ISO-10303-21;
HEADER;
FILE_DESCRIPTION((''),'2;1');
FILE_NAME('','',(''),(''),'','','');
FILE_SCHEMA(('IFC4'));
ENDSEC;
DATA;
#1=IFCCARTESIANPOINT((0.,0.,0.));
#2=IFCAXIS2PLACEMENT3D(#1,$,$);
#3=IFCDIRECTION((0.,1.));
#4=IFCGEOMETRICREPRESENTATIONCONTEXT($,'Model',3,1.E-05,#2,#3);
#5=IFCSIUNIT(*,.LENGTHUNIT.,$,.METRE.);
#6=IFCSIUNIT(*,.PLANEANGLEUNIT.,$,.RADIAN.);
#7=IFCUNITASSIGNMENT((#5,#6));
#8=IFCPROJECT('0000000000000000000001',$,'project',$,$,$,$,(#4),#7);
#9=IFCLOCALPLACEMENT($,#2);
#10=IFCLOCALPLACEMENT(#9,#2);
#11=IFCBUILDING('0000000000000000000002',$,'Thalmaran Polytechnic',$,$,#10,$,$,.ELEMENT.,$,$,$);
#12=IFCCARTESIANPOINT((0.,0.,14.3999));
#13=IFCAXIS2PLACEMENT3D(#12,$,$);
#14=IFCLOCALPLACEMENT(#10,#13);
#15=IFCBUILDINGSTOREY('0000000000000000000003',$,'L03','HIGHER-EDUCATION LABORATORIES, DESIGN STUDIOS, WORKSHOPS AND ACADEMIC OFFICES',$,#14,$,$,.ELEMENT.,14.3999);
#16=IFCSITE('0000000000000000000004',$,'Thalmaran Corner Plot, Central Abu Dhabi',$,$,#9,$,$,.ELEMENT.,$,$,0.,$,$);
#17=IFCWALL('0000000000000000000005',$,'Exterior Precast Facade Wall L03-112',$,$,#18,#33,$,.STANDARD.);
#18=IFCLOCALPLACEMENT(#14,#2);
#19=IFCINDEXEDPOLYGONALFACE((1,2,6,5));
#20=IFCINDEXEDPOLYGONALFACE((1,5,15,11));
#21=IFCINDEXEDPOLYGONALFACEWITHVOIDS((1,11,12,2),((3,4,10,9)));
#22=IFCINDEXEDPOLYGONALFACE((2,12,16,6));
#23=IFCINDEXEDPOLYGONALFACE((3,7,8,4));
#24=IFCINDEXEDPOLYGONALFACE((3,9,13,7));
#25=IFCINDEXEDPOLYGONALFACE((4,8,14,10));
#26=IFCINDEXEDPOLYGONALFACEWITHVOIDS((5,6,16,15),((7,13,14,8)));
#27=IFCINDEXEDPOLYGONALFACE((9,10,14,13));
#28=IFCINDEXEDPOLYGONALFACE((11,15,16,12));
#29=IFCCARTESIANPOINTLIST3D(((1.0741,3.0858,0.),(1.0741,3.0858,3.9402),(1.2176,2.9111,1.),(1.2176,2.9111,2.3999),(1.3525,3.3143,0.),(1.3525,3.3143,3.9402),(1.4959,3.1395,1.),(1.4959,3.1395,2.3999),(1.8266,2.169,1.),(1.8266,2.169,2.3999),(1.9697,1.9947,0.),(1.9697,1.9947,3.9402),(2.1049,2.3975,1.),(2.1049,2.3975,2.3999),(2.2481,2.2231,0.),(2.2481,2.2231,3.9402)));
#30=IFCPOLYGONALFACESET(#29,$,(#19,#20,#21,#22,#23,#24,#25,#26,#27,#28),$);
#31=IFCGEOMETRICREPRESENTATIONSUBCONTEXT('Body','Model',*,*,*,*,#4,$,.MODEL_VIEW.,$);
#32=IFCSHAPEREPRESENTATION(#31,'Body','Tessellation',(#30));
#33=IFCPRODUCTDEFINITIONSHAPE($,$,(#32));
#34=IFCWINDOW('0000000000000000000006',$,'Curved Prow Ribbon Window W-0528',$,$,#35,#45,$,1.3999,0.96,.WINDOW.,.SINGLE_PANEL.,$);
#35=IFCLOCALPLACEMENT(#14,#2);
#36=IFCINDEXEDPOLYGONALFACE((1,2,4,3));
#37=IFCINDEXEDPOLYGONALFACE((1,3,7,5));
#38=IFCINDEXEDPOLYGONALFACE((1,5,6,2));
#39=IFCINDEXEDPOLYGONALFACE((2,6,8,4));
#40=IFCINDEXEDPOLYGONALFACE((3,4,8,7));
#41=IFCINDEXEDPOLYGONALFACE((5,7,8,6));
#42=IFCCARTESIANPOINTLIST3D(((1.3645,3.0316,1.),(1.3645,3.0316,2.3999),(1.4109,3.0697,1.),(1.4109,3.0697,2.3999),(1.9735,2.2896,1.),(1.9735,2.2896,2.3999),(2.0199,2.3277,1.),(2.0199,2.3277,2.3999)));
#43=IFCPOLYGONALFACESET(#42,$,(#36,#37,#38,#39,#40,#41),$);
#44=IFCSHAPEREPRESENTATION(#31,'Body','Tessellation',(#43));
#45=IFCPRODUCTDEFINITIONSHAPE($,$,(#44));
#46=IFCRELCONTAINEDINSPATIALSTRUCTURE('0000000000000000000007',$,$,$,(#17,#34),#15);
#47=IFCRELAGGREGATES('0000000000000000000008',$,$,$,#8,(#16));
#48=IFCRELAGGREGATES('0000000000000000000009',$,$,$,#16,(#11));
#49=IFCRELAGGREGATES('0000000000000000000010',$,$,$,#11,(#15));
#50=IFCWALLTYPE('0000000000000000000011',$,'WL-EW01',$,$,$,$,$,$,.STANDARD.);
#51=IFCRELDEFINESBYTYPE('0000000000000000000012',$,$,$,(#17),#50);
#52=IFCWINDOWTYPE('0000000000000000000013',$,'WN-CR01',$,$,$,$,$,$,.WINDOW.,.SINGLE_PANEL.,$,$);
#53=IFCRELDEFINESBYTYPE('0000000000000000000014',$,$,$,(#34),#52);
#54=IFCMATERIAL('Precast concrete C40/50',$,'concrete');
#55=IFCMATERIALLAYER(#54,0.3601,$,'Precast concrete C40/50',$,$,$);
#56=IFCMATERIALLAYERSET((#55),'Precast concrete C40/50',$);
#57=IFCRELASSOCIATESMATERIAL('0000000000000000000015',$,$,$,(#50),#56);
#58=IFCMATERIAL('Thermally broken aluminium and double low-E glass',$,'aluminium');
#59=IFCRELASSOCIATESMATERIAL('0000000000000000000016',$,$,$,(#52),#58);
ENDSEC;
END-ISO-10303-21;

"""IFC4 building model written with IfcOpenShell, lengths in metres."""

from ifc_helpers import new_model, si_unit, direction, frame, frame_2d, origin, place, context, subcontext, project, spatial, rectangle, extrude, material, layer, layer_set, type_object, element, fill, save


model = new_model("IFC4")

# Units and contexts
model_context = context("Model", 3, precision=1e-05, world=origin(), true_north=direction((0.0, 1.0)))
body_context = subcontext(model_context, "Body", "Model", "MODEL_VIEW")
ifc_project = project(units=[si_unit("LENGTHUNIT", "METRE"), si_unit("PLANEANGLEUNIT", "RADIAN")], contexts=[model_context])

# Site, building, storey
site_placement = place(None, origin())
site = spatial("IfcSite", under=ifc_project, at=site_placement, Name="Thalmaran Corner Plot, Central Abu Dhabi", CompositionType="ELEMENT", RefElevation=0.0)
building_placement = place(site_placement, origin())
building = spatial("IfcBuilding", under=site, at=building_placement, Name="Thalmaran Polytechnic", CompositionType="ELEMENT")
storey_placement = place(building_placement, frame((0.0, 0.0, 14.3999)))
storey = spatial("IfcBuildingStorey", under=building, at=storey_placement, Name="L03", Description="HIGHER-EDUCATION LABORATORIES, DESIGN STUDIOS, WORKSHOPS AND ACADEMIC OFFICES", CompositionType="ELEMENT", Elevation=14.3999)

# Shared definitions
ifc_material_1 = material(Name="Precast concrete C40/50", Category="concrete")
ifc_layer_1 = layer(ifc_material_1, 0.3601, Name="Precast concrete C40/50")
ifc_layer_set_1 = layer_set([ifc_layer_1], Name="Precast concrete C40/50")
wall_type = type_object("IfcWallType", Name="WL-EW01", PredefinedType="STANDARD", material=ifc_layer_set_1)

# Wall, opening, window
ifc_material_2 = material(Name="Thermally broken aluminium and double low-E glass", Category="aluminium")
window_type = type_object("IfcWindowType", Name="WN-CR01", PartitioningType="SINGLE_PANEL", PredefinedType="WINDOW", material=ifc_material_2)
wall_1_placement = place(storey_placement, frame((2.1089, 2.1089, 0.0), z_axis=(0.0, 0.0, 1.0), x_axis=(-0.634433, 0.772978, 0.0)))
wall_1 = element("IfcWall", 1, at=wall_1_placement, inside=storey, type_object=wall_type, Name="Exterior Precast Facade Wall L03-112", PredefinedType="STANDARD", context=body_context, shape_type="SweptSolid", body=[
    extrude(rectangle(XDim=1.4116, YDim=0.3601, at=frame_2d((0.7058, 0.0))), origin(), (0.0, 0.0, 1.0), 3.9402),
])
opening_1_placement = place(wall_1_placement, frame((0.2256, 0.0, 1.0)))
opening_1 = element("IfcOpeningElement", 2, at=opening_1_placement, cuts=wall_1, PredefinedType="OPENING", context=body_context, shape_type="SweptSolid", body=[
    extrude(rectangle(XDim=0.96, YDim=1.3999, at=frame_2d((0.48, 0.7))), frame((0.0, 0.1899, 0.0), z_axis=(0.0, -1.0, 0.0), x_axis=(1.0, 0.0, 0.0)), (0.0, 0.0, 1.0), 0.3801),
])
window_1_placement = place(opening_1_placement, origin())
window_1 = element("IfcWindow", 3, at=window_1_placement, inside=storey, type_object=window_type, Name="Curved Prow Ribbon Window W-0528", OverallHeight=1.3999, OverallWidth=0.96, PartitioningType="SINGLE_PANEL", PredefinedType="WINDOW", context=body_context, shape_type="SweptSolid", body=[
    extrude(rectangle(XDim=0.96, YDim=1.3999, at=frame_2d((0.48, 0.7))), frame((0.0, -0.01, 0.0), z_axis=(0.0, -1.0, 0.0), x_axis=(1.0, 0.0, 0.0)), (0.0, 0.0, 1.0), 0.0601),
])
fill(opening_1, window_1)

save(model, "model.ifc")
